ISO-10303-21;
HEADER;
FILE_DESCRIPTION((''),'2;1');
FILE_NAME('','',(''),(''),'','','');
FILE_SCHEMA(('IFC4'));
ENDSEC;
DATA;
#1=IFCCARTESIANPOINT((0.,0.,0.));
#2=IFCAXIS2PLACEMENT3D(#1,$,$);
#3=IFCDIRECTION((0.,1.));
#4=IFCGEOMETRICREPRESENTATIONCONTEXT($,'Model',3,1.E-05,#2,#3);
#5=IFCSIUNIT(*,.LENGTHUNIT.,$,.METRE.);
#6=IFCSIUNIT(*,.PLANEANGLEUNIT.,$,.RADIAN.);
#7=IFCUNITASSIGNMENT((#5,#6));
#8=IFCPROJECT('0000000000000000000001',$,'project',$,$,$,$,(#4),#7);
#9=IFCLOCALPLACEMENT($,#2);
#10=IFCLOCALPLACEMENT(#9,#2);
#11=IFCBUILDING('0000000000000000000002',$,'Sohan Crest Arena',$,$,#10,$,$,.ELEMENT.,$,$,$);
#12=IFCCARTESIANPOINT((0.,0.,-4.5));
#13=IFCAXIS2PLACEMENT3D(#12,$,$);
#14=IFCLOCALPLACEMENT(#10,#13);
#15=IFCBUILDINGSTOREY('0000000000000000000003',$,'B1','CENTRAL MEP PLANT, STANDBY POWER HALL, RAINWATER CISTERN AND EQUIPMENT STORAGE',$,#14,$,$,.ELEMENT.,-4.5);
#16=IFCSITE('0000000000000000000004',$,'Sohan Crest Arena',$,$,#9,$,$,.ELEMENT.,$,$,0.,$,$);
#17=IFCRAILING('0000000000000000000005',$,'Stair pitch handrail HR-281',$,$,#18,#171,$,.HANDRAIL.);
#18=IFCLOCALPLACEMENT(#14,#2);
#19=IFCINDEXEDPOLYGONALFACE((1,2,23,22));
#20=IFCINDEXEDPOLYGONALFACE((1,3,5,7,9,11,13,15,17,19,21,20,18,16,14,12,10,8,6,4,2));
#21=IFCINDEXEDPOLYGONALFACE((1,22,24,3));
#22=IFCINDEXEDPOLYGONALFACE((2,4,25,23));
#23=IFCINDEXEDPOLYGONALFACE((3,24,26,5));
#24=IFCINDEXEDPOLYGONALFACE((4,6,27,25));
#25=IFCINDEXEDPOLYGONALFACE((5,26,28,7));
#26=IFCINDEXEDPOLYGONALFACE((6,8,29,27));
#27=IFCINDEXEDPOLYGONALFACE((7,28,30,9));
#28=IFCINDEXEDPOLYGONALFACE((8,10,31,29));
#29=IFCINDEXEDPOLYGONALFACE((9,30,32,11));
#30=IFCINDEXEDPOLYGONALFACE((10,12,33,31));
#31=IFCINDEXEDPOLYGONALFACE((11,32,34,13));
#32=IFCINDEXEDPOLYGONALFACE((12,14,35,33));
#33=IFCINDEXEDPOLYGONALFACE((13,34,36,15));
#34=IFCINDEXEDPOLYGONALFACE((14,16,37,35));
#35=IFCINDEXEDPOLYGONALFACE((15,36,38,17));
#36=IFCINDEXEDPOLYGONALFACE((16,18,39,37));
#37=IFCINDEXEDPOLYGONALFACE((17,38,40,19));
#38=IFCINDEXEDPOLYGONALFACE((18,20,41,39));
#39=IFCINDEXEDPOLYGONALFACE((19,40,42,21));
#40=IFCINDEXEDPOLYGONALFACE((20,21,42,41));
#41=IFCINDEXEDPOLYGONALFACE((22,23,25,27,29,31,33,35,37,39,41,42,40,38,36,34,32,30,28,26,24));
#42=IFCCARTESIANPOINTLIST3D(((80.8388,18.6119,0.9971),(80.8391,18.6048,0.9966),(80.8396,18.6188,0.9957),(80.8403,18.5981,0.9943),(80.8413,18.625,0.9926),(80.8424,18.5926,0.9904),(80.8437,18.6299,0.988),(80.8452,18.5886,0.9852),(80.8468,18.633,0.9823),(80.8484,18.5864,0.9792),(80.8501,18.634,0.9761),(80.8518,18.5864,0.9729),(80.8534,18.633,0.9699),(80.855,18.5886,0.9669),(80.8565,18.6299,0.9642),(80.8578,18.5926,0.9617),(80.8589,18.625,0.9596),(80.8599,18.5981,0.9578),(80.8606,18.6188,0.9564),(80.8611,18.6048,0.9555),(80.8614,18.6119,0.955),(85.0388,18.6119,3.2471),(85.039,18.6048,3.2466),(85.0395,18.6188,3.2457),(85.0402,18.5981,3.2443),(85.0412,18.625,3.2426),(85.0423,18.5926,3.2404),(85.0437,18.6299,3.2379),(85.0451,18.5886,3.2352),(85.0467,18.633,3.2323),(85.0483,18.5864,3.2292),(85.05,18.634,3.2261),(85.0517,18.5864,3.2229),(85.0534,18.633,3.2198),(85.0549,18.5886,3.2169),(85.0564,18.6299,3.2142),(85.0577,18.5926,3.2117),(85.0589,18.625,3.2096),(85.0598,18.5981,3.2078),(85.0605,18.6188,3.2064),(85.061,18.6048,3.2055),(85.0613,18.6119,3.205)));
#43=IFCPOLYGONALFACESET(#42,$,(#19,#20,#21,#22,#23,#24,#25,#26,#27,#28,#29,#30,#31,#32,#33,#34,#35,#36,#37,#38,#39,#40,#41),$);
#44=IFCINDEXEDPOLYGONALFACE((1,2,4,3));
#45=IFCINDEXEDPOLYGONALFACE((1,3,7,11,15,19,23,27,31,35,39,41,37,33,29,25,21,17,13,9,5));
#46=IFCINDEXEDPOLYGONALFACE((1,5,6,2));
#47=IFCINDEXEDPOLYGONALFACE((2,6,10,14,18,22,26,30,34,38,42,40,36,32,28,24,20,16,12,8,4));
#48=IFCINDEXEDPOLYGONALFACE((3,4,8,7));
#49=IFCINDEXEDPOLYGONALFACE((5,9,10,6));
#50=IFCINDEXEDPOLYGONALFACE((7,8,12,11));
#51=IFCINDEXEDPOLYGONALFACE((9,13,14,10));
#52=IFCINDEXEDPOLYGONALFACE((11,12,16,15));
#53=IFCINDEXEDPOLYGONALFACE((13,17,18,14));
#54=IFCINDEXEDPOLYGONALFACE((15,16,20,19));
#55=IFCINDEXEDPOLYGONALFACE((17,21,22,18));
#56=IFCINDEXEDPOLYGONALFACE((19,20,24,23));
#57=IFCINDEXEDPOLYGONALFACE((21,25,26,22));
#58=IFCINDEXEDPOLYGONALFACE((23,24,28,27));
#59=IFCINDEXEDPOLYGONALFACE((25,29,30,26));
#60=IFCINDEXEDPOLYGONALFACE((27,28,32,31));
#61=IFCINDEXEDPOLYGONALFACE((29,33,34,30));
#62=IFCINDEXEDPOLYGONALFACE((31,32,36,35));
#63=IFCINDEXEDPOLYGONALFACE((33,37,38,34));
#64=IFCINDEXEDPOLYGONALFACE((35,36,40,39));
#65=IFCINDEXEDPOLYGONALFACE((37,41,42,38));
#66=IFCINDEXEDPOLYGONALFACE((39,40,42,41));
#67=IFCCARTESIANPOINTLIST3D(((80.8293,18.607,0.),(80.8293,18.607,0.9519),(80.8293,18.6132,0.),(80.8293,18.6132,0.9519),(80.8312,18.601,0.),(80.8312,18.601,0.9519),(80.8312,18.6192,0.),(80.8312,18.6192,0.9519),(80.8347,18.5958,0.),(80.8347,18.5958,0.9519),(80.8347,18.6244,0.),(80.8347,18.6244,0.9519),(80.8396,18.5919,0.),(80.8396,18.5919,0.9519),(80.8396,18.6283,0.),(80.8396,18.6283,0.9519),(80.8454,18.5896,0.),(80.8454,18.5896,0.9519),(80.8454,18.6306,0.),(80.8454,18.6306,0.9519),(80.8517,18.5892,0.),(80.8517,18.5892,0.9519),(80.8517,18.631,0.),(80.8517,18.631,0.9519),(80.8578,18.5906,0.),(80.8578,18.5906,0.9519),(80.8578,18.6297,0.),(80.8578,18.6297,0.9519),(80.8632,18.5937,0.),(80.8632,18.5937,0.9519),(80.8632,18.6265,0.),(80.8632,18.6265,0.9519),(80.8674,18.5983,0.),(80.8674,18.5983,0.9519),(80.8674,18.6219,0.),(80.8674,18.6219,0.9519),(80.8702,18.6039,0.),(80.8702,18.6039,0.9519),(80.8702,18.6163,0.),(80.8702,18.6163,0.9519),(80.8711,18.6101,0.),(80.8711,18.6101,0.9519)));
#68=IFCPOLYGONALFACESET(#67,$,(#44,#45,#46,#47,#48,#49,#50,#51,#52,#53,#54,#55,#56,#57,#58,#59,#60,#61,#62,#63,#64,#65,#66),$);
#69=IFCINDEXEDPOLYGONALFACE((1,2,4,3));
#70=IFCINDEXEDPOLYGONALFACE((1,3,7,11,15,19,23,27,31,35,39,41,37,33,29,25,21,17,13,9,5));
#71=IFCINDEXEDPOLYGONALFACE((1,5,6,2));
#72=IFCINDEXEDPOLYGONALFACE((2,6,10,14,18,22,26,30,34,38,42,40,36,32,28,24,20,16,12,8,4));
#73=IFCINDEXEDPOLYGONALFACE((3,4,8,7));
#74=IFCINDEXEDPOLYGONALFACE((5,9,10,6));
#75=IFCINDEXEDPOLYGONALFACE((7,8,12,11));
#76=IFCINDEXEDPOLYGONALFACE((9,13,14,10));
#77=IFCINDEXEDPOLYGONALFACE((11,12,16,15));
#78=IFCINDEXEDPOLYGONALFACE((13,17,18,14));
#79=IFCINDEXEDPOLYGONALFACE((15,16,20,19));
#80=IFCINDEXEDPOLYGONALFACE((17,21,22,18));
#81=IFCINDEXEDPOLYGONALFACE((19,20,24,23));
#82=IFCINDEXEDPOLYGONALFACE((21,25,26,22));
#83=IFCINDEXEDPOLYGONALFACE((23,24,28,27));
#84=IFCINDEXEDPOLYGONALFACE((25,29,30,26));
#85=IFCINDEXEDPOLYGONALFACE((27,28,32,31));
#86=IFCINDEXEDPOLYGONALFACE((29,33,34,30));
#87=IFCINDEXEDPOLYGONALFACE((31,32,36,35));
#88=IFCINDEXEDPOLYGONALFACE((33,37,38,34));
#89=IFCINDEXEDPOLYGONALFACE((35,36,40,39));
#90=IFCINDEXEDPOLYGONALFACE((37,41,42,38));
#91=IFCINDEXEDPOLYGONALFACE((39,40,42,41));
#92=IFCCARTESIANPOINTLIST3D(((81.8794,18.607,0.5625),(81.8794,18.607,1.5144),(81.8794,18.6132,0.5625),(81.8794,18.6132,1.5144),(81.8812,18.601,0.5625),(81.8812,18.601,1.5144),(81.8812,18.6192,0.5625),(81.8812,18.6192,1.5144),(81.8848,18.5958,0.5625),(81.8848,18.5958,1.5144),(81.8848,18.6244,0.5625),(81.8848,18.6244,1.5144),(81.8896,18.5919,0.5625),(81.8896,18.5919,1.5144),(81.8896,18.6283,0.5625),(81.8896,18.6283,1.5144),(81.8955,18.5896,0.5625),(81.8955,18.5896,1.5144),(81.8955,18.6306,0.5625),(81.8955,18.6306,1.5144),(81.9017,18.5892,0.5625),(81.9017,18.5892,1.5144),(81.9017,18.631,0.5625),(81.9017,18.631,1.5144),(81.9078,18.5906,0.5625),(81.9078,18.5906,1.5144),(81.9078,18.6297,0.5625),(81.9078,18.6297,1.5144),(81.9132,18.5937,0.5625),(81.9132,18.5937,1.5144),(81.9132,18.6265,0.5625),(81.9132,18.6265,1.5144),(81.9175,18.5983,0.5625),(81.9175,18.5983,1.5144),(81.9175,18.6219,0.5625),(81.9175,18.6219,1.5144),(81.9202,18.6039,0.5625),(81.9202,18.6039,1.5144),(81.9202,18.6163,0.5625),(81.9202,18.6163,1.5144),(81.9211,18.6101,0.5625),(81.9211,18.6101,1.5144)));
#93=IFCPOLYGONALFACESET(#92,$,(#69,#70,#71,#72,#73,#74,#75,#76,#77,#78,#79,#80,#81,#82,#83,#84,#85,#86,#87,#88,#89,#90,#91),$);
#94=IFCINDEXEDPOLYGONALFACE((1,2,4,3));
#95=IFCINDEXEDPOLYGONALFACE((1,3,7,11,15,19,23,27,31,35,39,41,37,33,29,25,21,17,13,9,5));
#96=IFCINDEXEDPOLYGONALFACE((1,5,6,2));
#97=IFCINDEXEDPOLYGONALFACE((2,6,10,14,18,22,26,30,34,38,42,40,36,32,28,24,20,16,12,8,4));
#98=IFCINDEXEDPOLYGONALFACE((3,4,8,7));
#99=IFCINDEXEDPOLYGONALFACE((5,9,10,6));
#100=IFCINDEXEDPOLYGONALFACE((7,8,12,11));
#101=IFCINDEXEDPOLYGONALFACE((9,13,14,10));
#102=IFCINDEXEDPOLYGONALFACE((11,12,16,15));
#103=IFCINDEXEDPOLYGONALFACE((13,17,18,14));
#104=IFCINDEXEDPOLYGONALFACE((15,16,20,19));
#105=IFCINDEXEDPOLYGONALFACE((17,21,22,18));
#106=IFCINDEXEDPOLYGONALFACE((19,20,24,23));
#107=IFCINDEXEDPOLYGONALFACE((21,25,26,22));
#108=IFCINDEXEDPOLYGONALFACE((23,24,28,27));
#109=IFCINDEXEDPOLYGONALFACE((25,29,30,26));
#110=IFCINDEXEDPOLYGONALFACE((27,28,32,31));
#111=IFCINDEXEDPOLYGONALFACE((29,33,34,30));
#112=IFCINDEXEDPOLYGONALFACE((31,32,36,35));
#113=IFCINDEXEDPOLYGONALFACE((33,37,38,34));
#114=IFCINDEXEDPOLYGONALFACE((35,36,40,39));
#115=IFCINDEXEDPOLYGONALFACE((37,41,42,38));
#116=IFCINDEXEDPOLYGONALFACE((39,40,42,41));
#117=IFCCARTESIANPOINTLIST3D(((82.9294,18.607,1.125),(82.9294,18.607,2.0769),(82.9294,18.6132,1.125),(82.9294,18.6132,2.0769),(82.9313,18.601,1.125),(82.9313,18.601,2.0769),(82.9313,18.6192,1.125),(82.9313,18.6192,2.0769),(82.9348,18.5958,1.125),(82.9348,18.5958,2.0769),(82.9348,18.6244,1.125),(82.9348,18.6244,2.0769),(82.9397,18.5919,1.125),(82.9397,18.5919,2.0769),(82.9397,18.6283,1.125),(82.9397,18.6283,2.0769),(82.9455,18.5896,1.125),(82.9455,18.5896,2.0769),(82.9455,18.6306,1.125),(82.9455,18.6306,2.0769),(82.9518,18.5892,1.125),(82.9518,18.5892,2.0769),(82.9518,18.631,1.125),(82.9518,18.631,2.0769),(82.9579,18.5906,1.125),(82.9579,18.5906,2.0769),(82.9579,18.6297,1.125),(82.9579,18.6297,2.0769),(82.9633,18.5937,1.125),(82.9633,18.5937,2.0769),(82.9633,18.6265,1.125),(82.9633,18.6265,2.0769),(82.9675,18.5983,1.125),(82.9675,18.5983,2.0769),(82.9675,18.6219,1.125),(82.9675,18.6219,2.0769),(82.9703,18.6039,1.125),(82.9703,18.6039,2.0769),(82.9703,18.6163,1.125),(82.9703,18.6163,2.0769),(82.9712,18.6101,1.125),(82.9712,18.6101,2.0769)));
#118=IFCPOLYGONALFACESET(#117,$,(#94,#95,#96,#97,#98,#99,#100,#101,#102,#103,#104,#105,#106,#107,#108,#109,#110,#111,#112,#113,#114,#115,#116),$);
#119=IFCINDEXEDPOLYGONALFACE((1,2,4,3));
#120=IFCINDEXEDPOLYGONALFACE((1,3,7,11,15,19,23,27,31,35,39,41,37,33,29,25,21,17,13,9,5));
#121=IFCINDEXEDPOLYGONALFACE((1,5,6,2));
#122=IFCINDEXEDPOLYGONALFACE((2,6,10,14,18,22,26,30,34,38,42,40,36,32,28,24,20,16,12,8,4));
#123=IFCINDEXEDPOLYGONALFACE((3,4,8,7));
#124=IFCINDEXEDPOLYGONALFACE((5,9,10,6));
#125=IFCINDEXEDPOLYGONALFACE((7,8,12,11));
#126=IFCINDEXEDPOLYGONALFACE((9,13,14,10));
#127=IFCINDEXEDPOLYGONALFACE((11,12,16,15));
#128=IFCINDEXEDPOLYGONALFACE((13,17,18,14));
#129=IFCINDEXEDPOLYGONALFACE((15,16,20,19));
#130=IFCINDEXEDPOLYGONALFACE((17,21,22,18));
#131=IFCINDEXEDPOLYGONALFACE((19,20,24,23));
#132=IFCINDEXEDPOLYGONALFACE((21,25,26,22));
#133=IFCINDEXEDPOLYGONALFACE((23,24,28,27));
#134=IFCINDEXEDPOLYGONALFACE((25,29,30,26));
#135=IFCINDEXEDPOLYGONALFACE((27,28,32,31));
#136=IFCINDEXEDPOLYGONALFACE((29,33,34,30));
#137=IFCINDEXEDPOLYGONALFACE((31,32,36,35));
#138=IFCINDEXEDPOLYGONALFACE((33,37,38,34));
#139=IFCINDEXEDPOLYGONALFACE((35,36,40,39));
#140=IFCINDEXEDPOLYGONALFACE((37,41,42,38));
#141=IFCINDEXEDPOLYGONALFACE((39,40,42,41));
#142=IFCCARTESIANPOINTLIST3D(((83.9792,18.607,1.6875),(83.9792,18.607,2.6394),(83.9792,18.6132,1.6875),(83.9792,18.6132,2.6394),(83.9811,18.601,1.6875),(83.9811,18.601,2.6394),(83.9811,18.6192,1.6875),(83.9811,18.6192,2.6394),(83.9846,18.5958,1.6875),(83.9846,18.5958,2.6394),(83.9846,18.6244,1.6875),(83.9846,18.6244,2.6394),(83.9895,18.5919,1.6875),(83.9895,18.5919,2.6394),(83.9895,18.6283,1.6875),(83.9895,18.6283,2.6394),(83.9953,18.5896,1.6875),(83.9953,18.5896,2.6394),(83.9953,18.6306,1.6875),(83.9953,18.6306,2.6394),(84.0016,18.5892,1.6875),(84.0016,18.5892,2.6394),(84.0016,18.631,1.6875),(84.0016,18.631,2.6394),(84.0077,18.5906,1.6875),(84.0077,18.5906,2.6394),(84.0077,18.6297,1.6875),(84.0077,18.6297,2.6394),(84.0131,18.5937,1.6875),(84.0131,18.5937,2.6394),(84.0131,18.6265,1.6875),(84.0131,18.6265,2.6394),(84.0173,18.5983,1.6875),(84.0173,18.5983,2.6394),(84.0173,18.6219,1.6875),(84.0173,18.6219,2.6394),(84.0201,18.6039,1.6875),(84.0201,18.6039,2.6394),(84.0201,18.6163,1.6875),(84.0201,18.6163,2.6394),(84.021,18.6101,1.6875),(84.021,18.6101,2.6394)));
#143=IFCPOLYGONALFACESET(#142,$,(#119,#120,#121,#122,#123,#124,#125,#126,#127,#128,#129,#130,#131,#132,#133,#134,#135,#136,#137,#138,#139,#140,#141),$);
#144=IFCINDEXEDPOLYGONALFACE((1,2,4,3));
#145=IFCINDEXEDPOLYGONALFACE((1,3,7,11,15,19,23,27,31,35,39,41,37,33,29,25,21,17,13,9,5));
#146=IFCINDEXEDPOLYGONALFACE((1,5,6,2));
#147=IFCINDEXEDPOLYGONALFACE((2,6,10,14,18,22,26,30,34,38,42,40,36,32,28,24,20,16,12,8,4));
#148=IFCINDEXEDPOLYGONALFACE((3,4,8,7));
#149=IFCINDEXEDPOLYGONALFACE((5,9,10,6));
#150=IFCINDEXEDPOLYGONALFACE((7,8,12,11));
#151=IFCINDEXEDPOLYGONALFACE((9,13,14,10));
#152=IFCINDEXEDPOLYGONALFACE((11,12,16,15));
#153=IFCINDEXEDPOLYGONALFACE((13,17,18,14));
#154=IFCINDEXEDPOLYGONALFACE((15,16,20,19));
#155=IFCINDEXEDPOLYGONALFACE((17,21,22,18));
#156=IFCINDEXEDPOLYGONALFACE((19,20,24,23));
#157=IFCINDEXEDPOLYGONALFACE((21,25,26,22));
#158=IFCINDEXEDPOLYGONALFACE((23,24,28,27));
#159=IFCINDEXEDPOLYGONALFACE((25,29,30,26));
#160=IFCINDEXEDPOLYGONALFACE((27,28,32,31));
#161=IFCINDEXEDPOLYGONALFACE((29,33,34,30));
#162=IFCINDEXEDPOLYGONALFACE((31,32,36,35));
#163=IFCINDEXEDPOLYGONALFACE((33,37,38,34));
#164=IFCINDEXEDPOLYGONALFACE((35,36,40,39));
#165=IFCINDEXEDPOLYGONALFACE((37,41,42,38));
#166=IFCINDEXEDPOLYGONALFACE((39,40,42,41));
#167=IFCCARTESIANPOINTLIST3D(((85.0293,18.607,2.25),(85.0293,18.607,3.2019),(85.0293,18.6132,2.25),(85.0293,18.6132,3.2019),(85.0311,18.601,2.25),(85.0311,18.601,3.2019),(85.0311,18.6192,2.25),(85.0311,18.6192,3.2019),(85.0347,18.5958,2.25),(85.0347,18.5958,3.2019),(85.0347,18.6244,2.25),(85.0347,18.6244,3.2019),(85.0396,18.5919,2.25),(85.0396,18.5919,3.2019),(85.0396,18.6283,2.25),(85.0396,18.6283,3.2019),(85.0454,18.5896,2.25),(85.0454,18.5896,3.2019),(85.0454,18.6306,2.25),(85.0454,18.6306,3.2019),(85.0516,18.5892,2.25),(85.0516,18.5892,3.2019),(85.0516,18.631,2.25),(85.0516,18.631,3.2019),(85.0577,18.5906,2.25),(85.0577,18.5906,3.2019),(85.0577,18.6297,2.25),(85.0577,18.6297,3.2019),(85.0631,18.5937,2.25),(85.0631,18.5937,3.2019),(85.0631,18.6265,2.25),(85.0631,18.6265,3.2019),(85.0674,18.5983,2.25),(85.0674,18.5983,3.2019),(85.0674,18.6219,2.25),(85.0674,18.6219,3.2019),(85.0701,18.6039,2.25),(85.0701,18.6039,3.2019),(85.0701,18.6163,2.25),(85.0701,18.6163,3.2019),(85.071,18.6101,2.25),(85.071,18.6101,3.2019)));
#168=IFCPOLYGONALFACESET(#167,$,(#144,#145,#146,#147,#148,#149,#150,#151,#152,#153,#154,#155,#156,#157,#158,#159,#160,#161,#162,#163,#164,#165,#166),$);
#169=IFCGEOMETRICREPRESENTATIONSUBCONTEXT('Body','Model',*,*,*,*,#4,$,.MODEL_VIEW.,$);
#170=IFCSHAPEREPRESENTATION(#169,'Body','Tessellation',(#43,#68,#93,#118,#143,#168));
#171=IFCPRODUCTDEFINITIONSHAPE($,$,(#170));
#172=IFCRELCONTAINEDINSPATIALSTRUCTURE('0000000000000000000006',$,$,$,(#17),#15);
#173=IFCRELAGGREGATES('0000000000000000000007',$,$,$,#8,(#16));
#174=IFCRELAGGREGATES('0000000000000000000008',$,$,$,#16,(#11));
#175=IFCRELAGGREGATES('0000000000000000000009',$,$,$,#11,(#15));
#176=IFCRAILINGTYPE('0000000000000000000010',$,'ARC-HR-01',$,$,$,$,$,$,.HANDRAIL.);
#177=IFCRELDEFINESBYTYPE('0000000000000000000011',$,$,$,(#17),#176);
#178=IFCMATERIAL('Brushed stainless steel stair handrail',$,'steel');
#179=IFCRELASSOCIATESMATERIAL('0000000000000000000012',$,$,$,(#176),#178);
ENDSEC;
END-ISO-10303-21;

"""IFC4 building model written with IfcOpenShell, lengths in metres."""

from ifc_helpers import new_model, si_unit, direction, frame, origin, origin_2d, place, context, subcontext, project, spatial, circle, extrude, material, type_object, element, save


model = new_model("IFC4")

# Units and contexts
model_context = context("Model", 3, precision=1e-05, world=origin(), true_north=direction((0.0, 1.0)))
body_context = subcontext(model_context, "Body", "Model", "MODEL_VIEW")
ifc_project = project(units=[si_unit("LENGTHUNIT", "METRE"), si_unit("PLANEANGLEUNIT", "RADIAN")], contexts=[model_context])

# Site, building, storey
site_placement = place(None, origin())
site = spatial("IfcSite", under=ifc_project, at=site_placement, Name="Sohan Crest Arena", CompositionType="ELEMENT", RefElevation=0.0)
building_placement = place(site_placement, origin())
building = spatial("IfcBuilding", under=site, at=building_placement, Name="Sohan Crest Arena", CompositionType="ELEMENT")
storey_placement = place(building_placement, frame((0.0, 0.0, -4.5)))
storey = spatial("IfcBuildingStorey", under=building, at=storey_placement, Name="B1", Description="CENTRAL MEP PLANT, STANDBY POWER HALL, RAINWATER CISTERN AND EQUIPMENT STORAGE", CompositionType="ELEMENT", Elevation=-4.5)

# Railing
ifc_material_1 = material(Name="Brushed stainless steel stair handrail", Category="steel")
railing_type = type_object("IfcRailingType", Name="ARC-HR-01", PredefinedType="HANDRAIL", material=ifc_material_1)
for number, where, name in (
    (1, (80.8501, 18.6101, 0.0), "Stair pitch handrail HR-281"),
):
    element("IfcRailing", number, at=place(storey_placement, frame(where)), inside=storey, type_object=railing_type, Name=name, PredefinedType="HANDRAIL", context=body_context, shape_type="SweptSolid", body=[
        extrude(circle(Radius=0.0239, at=origin_2d()), frame((0.0, 0.0, 0.9761), z_axis=(0.881478, 0.0, 0.472226), x_axis=(0.0, 1.0, 0.0)), (0.0, 0.0, 1.0), 4.7646),
        extrude(circle(Radius=0.021, at=origin_2d()), origin(), (0.0, 0.0, 1.0), 0.9519),
        extrude(circle(Radius=0.021, at=origin_2d()), frame((1.05, 0.0, 0.5625)), (0.0, 0.0, 1.0), 0.9519),
        extrude(circle(Radius=0.021, at=origin_2d()), frame((2.1001, 0.0, 1.125)), (0.0, 0.0, 1.0), 0.9519),
        extrude(circle(Radius=0.021, at=origin_2d()), frame((3.1499, 0.0, 1.6875)), (0.0, 0.0, 1.0), 0.9519),
        extrude(circle(Radius=0.021, at=origin_2d()), frame((4.2, 0.0, 2.25)), (0.0, 0.0, 1.0), 0.9519),
    ])

save(model, "model.ifc")
